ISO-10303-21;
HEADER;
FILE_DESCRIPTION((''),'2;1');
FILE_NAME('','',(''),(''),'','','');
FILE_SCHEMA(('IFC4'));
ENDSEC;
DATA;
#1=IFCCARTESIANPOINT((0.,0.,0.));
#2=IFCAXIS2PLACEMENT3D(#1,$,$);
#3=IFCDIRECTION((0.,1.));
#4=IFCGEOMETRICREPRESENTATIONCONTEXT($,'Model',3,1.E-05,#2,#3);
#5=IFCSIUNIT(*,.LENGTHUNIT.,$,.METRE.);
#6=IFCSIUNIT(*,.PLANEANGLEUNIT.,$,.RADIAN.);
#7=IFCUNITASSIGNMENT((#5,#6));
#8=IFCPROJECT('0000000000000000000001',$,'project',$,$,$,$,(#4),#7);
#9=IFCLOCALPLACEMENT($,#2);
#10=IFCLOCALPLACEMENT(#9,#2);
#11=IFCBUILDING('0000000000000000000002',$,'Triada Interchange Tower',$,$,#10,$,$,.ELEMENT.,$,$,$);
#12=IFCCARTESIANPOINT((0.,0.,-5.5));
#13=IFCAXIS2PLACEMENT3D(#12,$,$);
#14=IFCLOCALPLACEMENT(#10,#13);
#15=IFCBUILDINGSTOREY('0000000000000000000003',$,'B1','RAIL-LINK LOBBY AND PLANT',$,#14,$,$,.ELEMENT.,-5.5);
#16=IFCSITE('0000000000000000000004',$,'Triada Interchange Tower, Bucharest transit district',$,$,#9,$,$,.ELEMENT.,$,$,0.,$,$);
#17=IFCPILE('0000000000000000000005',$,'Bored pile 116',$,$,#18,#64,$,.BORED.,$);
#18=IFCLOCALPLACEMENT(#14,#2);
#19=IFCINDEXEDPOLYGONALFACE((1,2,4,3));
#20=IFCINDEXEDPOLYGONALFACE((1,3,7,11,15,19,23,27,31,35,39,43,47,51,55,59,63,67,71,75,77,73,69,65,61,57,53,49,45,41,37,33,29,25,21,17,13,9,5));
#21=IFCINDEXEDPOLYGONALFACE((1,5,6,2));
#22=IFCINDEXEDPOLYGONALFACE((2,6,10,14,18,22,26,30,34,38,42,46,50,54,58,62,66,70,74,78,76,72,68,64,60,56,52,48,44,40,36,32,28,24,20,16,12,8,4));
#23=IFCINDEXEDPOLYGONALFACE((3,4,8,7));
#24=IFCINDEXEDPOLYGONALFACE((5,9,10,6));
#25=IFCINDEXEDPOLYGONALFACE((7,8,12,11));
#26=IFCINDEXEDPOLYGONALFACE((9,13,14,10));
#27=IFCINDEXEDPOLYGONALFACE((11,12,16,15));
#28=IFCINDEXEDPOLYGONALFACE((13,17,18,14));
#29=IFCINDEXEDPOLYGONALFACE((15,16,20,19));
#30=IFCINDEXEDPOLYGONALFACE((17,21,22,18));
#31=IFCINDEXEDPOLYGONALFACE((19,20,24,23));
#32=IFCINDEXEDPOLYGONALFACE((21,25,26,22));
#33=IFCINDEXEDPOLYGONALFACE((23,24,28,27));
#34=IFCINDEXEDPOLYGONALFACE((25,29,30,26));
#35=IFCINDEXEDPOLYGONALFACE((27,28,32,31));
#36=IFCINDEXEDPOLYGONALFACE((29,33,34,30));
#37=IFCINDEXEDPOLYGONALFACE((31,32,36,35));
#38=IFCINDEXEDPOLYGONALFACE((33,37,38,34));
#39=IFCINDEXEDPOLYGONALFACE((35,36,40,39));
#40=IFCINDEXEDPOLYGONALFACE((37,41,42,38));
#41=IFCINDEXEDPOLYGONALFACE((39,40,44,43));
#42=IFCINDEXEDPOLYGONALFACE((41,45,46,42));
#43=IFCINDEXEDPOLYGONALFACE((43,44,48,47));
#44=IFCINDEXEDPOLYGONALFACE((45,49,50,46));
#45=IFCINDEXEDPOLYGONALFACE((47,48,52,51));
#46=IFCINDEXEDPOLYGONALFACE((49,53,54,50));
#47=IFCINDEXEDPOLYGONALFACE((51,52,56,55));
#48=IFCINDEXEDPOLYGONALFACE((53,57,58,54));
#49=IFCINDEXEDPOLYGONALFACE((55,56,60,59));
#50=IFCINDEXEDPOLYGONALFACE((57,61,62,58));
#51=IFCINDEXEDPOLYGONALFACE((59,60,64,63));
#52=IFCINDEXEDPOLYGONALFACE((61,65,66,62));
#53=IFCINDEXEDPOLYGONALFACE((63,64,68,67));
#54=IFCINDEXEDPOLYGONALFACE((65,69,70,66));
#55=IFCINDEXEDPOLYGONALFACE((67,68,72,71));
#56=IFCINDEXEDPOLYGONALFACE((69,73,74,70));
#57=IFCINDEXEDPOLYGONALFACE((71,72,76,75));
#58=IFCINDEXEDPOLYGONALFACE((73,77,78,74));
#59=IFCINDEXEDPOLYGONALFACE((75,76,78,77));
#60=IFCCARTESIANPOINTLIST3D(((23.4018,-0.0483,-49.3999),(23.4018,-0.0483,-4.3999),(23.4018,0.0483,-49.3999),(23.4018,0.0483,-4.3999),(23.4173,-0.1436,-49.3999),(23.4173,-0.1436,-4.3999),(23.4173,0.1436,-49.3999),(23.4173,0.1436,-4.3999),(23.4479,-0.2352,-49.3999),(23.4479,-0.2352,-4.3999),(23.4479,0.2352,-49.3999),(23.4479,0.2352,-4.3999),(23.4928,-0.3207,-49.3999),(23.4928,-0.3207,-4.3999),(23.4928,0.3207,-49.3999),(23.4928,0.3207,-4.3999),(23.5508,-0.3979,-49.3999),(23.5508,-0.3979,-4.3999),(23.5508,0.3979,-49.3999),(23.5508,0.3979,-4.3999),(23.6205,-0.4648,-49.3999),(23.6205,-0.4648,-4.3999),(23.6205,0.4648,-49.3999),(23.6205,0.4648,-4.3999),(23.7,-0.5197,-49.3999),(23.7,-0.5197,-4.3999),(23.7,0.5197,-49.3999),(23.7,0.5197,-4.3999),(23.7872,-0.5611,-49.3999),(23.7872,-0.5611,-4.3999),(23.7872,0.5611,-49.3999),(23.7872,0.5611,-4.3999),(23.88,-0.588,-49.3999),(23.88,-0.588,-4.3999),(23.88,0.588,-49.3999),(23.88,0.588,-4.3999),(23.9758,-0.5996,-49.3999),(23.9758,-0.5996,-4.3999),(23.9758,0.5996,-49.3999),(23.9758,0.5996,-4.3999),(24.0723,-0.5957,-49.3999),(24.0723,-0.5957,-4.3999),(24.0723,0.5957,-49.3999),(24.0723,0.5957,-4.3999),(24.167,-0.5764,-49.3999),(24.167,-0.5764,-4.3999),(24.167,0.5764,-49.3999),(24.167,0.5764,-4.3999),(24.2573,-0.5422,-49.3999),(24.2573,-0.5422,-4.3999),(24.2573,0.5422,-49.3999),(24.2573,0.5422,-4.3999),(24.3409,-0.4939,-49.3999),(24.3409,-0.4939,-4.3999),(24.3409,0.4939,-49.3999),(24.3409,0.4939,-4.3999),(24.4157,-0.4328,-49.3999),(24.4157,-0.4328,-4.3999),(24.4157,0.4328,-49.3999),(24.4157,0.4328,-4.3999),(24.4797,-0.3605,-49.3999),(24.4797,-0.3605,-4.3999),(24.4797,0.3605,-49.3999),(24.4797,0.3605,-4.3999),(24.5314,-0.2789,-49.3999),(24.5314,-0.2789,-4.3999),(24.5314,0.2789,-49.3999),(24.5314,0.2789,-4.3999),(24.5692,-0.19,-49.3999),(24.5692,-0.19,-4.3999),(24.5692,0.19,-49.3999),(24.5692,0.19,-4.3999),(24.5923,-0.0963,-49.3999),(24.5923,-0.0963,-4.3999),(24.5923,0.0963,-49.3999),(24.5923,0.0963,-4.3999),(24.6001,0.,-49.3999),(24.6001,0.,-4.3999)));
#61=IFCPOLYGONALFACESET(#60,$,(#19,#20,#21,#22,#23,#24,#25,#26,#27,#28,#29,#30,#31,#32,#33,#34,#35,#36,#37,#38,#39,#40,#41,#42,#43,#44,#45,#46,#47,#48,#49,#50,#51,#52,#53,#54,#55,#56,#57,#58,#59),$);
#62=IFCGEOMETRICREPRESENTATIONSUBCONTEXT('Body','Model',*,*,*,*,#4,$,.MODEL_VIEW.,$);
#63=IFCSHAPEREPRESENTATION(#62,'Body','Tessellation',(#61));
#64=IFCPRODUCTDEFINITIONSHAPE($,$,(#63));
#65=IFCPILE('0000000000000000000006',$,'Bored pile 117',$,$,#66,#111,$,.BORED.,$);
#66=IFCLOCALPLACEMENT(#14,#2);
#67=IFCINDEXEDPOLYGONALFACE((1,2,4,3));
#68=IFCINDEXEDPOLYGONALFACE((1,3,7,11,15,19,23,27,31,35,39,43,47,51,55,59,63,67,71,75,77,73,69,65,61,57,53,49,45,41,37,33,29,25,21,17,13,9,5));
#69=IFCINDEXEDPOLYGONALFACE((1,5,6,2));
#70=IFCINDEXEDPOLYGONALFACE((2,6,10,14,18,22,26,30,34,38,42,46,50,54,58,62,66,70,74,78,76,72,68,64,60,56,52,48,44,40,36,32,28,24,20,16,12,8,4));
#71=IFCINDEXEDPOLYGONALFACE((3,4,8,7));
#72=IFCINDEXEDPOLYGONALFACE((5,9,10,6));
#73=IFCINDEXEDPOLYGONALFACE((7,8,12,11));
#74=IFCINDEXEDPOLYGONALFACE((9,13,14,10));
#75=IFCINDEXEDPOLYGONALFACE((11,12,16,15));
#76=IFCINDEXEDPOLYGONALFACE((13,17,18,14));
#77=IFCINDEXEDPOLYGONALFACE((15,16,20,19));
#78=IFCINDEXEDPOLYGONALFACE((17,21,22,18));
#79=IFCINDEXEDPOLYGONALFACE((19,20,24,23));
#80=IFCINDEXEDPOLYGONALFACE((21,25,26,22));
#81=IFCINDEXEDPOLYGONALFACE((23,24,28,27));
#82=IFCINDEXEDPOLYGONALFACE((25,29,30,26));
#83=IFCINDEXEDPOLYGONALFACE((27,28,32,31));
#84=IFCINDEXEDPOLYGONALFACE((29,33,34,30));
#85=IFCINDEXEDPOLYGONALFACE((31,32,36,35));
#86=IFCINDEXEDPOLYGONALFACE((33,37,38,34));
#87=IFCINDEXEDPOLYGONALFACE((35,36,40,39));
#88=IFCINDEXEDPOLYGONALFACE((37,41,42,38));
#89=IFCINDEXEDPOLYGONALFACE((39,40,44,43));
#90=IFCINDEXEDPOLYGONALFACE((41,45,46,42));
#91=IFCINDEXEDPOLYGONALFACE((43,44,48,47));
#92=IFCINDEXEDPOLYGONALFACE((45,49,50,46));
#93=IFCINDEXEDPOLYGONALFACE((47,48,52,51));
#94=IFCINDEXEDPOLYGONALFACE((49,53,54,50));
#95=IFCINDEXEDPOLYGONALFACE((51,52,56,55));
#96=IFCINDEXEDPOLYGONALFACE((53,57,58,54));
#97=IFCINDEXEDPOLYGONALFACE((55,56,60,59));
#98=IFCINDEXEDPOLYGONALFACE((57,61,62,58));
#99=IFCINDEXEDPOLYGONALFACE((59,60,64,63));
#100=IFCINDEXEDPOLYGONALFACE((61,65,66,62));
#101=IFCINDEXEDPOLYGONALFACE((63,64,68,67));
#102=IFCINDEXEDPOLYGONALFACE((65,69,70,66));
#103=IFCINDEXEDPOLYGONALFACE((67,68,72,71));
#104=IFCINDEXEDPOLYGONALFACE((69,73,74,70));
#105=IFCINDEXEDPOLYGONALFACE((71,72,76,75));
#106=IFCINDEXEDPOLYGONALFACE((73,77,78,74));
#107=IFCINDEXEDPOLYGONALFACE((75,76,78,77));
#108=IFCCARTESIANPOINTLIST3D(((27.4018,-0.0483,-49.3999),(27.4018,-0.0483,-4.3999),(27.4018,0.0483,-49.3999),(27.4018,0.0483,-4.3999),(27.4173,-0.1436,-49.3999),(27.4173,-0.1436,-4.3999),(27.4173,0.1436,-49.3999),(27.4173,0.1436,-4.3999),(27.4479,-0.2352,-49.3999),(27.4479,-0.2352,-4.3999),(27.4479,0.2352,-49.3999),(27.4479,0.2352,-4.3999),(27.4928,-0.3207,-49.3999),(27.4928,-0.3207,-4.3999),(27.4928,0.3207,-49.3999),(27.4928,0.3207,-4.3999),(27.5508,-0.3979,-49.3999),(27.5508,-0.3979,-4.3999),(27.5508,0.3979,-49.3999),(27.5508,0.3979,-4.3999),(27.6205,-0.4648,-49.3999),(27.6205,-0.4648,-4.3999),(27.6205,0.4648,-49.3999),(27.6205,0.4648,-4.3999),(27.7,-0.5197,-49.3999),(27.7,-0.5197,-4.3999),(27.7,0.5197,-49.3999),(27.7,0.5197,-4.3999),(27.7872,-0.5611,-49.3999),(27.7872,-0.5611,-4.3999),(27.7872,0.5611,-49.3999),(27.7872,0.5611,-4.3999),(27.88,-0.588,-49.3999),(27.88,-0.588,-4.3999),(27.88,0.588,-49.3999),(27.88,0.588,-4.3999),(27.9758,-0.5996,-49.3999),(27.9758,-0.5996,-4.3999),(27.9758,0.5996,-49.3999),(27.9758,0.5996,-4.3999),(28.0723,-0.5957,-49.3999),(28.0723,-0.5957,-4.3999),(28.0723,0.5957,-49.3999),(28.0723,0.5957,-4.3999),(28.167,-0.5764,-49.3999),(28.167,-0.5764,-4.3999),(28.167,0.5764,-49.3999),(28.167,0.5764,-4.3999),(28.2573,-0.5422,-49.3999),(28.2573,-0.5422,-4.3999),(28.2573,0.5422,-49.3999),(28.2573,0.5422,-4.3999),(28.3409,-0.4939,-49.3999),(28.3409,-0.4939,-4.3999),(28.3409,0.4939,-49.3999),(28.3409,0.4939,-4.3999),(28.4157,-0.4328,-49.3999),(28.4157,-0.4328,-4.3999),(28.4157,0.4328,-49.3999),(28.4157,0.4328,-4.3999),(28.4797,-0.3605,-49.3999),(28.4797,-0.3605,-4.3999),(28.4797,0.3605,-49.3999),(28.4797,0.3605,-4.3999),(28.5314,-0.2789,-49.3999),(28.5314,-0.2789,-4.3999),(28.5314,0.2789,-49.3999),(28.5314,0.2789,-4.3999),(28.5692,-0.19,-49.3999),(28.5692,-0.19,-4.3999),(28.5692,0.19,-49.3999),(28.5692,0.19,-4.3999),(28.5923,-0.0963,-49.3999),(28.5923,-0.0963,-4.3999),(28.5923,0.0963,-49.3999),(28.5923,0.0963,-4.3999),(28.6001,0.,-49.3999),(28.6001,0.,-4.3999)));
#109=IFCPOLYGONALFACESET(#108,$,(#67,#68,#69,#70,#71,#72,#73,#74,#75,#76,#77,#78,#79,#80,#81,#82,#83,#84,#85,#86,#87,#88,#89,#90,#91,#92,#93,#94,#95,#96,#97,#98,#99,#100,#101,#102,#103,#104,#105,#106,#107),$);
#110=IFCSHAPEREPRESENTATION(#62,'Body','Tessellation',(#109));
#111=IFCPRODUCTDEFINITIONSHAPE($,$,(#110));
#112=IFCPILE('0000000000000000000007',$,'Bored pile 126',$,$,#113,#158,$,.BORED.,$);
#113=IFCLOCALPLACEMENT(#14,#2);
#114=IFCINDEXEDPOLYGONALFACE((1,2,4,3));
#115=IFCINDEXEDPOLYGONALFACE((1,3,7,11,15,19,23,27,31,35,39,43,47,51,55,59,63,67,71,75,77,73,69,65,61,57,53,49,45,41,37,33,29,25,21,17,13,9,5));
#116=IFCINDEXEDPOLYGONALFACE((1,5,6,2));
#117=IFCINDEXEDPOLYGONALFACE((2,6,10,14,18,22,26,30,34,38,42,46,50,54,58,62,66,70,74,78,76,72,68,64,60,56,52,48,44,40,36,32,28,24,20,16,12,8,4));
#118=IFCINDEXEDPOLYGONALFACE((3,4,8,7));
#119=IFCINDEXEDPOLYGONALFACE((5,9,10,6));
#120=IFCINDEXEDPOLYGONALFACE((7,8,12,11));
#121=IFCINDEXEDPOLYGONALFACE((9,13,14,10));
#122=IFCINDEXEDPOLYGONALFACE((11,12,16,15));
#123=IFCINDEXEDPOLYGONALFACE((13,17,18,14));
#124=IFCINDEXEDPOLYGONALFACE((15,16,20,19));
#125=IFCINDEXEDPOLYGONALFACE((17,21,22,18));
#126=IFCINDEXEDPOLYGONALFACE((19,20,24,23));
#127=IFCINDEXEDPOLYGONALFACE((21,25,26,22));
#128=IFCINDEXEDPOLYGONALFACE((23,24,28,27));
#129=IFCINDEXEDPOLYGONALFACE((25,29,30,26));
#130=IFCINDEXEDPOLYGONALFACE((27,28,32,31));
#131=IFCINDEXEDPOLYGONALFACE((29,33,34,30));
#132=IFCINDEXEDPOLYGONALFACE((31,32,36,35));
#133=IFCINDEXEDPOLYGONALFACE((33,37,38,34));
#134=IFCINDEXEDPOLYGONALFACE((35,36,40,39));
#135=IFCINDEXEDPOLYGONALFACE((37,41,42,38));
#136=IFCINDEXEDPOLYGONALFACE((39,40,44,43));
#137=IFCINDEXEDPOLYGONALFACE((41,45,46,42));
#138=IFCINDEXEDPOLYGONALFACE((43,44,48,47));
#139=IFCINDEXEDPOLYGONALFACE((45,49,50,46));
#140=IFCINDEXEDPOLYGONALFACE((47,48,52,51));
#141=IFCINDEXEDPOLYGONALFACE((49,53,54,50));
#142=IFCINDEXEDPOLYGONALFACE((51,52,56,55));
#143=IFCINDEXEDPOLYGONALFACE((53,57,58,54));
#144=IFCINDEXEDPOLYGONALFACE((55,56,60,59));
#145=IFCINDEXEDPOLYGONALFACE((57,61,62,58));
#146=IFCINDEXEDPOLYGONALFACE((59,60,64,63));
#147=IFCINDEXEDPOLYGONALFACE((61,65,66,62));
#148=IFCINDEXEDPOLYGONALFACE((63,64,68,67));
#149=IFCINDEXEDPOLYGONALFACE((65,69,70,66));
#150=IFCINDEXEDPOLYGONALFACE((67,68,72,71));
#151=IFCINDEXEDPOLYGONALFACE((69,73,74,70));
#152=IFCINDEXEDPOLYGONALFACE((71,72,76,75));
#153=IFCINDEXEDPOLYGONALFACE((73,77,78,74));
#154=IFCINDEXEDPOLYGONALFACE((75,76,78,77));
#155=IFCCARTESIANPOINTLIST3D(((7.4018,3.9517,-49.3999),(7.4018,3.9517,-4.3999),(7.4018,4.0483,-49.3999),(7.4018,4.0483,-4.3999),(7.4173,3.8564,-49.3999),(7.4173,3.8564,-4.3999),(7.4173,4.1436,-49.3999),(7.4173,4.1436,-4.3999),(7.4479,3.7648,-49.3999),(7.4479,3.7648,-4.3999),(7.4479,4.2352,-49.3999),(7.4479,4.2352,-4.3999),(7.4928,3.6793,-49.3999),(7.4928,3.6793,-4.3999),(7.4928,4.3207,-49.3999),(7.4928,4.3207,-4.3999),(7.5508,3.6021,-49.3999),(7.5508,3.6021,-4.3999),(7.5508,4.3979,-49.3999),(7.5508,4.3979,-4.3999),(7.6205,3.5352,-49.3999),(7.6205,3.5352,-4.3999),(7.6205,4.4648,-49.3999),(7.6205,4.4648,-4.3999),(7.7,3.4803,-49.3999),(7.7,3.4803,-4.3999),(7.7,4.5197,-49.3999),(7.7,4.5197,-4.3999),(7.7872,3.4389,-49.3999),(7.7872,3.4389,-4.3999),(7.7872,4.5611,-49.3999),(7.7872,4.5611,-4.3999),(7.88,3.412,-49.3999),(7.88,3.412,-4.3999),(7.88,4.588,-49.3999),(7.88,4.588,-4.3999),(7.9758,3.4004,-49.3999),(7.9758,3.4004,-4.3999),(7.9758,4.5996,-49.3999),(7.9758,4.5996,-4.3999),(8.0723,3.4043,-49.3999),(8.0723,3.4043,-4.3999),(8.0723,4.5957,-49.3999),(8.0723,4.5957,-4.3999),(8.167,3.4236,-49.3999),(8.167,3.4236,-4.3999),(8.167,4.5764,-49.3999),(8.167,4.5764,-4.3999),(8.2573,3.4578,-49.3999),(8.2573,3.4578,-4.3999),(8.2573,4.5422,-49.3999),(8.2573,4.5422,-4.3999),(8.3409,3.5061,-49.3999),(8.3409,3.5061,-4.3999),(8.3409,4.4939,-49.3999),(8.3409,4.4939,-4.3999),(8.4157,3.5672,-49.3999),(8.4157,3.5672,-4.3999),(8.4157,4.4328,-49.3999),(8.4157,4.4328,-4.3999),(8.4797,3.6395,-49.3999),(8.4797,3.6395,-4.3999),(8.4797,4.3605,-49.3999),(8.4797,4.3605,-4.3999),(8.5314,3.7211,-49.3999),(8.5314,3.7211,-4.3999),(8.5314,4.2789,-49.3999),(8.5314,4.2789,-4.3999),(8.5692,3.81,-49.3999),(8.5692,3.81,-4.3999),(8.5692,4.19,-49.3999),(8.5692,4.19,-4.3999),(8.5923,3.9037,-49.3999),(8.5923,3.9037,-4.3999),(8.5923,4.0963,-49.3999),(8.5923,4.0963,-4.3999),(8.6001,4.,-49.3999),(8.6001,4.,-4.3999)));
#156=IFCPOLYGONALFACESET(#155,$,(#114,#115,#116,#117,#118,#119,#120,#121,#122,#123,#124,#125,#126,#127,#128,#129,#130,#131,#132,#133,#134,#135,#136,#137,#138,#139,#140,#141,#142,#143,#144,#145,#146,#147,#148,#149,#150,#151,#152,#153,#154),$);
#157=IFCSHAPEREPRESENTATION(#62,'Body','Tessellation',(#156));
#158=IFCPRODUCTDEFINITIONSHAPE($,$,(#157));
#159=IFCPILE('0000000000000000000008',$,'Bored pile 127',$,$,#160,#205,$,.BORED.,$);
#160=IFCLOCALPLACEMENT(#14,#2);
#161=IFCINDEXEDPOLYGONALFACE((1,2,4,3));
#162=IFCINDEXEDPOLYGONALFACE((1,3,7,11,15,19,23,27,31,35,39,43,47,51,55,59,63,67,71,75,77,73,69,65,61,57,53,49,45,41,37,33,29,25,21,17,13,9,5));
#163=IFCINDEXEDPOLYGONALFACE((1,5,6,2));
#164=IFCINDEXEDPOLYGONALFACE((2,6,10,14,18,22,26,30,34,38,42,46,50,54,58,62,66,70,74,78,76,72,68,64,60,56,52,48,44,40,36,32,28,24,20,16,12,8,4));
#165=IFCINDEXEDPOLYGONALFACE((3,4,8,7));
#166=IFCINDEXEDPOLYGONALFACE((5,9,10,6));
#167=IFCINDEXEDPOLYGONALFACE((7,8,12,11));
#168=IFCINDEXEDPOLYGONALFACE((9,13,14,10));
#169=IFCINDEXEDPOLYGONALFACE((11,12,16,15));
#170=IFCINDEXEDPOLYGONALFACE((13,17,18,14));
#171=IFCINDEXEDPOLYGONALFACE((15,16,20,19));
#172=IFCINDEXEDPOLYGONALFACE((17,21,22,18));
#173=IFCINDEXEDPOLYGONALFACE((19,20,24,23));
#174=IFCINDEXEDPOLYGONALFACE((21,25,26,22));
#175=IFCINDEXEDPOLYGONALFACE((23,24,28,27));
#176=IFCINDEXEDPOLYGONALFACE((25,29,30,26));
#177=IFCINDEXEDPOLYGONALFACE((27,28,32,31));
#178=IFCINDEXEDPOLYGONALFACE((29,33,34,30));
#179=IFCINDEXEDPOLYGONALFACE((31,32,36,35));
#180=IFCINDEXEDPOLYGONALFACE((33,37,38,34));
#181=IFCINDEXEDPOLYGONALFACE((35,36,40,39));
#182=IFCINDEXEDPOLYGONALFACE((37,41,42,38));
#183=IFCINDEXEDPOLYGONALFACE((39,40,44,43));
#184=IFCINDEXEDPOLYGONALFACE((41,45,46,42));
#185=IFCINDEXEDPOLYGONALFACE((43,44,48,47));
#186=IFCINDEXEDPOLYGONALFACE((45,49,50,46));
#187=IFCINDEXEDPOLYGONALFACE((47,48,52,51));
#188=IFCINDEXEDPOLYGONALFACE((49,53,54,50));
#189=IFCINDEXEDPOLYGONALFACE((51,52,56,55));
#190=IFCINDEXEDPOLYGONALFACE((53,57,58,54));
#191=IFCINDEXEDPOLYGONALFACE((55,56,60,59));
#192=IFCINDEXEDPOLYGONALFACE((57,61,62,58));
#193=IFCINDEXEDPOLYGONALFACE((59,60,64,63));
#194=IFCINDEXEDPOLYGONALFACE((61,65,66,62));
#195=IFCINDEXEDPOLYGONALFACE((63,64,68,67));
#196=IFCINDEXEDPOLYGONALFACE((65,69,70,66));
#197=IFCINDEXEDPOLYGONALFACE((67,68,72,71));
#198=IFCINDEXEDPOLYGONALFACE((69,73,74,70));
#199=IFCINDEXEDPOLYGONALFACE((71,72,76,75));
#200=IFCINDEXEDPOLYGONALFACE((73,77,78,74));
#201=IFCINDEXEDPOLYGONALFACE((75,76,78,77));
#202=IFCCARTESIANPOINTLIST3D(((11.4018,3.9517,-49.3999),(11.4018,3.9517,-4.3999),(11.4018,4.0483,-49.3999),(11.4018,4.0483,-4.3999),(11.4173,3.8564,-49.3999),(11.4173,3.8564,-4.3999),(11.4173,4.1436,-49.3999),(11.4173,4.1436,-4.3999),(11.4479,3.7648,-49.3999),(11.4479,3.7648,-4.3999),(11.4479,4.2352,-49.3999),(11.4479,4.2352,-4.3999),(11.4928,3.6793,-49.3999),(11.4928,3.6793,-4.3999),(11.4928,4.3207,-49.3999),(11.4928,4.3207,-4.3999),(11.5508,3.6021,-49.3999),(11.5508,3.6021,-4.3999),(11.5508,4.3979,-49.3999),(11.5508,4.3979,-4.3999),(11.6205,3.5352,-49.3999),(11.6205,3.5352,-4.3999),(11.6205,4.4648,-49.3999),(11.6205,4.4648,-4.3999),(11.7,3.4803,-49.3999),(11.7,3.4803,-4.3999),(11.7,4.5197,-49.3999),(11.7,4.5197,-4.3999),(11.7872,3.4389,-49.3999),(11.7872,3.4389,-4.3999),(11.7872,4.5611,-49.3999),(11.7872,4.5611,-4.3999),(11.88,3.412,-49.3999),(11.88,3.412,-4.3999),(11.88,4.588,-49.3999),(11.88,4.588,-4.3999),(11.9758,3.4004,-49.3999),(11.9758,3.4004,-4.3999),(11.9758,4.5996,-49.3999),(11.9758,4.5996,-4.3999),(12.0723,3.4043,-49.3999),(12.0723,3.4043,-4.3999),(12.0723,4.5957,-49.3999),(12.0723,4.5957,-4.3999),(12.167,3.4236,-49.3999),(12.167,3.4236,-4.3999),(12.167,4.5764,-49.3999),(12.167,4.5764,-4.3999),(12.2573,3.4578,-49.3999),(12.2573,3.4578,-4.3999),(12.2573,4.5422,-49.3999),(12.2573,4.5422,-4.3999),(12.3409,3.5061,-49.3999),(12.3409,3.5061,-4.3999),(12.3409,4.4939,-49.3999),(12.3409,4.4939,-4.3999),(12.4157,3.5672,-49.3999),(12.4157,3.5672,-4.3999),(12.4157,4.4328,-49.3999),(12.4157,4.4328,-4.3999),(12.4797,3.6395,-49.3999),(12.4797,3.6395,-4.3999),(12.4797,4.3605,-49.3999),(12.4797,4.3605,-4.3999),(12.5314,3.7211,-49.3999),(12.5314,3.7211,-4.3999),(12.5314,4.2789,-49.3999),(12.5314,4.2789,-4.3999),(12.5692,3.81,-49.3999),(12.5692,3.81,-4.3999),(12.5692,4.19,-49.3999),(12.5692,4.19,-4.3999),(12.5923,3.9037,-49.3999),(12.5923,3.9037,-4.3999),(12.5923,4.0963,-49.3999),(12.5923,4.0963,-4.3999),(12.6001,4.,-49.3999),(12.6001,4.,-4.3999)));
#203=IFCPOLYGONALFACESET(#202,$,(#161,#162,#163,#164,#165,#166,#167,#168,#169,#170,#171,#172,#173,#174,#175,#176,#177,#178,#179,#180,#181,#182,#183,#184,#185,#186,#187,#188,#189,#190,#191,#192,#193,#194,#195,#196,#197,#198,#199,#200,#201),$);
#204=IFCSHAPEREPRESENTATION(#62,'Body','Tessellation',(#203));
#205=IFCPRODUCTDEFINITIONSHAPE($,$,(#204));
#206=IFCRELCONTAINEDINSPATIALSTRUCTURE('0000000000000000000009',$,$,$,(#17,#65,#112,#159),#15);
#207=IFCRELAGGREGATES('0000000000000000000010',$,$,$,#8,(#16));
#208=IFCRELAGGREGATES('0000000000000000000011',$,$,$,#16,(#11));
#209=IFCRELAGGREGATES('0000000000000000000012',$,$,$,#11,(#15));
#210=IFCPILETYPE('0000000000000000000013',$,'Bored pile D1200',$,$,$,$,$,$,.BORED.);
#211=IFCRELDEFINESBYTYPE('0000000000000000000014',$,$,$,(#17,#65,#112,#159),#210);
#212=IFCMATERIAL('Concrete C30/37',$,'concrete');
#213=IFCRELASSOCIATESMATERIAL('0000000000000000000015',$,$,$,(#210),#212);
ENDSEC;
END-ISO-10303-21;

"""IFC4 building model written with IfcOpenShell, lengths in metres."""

from ifc_helpers import new_model, si_unit, direction, frame, origin, origin_2d, place, context, subcontext, project, spatial, circle, extrude, material, material_profile, profile_set, type_object, element, save


model = new_model("IFC4")

# Units and contexts
model_context = context("Model", 3, precision=1e-05, world=origin(), true_north=direction((0.0, 1.0)))
body_context = subcontext(model_context, "Body", "Model", "MODEL_VIEW")
ifc_project = project(units=[si_unit("LENGTHUNIT", "METRE"), si_unit("PLANEANGLEUNIT", "RADIAN")], contexts=[model_context])

# Site, building, storey
site_placement = place(None, origin())
site = spatial("IfcSite", under=ifc_project, at=site_placement, Name="Triada Interchange Tower, Bucharest transit district", CompositionType="ELEMENT", RefElevation=0.0)
building_placement = place(site_placement, origin())
building = spatial("IfcBuilding", under=site, at=building_placement, Name="Triada Interchange Tower", CompositionType="ELEMENT")
storey_placement = place(building_placement, frame((0.0, 0.0, -5.5)))
storey = spatial("IfcBuildingStorey", under=building, at=storey_placement, Name="B1", Description="RAIL-LINK LOBBY AND PLANT", CompositionType="ELEMENT", Elevation=-5.5)

# Piles
ifc_material_1 = material(Name="Concrete C30/37", Category="concrete")
ifc_material_profile_1 = material_profile(ifc_material_1, circle(Radius=0.6001, at=origin_2d()), Name="RC D1200")
ifc_profile_set_1 = profile_set([ifc_material_profile_1], Name="Concrete C30/37")
pile_type = type_object("IfcPileType", Name="Bored pile D1200", PredefinedType="BORED", material=ifc_profile_set_1)
for number, where, z_axis, x_axis, name in (
    (1, (24.0, 0.0, -4.3999), (0.0, 0.0, -1.0), (1.0, 0.0, 0.0), "Bored pile 116"),
    (2, (28.0, 0.0, -4.3999), (0.0, 0.0, -1.0), (1.0, 0.0, 0.0), "Bored pile 117"),
    (3, (8.0, 4.0, -4.3999), (0.0, 0.0, -1.0), (1.0, 0.0, 0.0), "Bored pile 126"),
    (4, (12.0, 4.0, -4.3999), (0.0, 0.0, -1.0), (1.0, 0.0, 0.0), "Bored pile 127"),
):
    element("IfcPile", number, at=place(storey_placement, frame(where, z_axis=z_axis, x_axis=x_axis)), inside=storey, type_object=pile_type, Name=name, PredefinedType="BORED", context=body_context, shape_type="SweptSolid", body=[
        extrude(circle(Radius=0.6001, at=origin_2d()), origin(), (0.0, 0.0, 1.0), 45.0),
    ])

save(model, "model.ifc")
